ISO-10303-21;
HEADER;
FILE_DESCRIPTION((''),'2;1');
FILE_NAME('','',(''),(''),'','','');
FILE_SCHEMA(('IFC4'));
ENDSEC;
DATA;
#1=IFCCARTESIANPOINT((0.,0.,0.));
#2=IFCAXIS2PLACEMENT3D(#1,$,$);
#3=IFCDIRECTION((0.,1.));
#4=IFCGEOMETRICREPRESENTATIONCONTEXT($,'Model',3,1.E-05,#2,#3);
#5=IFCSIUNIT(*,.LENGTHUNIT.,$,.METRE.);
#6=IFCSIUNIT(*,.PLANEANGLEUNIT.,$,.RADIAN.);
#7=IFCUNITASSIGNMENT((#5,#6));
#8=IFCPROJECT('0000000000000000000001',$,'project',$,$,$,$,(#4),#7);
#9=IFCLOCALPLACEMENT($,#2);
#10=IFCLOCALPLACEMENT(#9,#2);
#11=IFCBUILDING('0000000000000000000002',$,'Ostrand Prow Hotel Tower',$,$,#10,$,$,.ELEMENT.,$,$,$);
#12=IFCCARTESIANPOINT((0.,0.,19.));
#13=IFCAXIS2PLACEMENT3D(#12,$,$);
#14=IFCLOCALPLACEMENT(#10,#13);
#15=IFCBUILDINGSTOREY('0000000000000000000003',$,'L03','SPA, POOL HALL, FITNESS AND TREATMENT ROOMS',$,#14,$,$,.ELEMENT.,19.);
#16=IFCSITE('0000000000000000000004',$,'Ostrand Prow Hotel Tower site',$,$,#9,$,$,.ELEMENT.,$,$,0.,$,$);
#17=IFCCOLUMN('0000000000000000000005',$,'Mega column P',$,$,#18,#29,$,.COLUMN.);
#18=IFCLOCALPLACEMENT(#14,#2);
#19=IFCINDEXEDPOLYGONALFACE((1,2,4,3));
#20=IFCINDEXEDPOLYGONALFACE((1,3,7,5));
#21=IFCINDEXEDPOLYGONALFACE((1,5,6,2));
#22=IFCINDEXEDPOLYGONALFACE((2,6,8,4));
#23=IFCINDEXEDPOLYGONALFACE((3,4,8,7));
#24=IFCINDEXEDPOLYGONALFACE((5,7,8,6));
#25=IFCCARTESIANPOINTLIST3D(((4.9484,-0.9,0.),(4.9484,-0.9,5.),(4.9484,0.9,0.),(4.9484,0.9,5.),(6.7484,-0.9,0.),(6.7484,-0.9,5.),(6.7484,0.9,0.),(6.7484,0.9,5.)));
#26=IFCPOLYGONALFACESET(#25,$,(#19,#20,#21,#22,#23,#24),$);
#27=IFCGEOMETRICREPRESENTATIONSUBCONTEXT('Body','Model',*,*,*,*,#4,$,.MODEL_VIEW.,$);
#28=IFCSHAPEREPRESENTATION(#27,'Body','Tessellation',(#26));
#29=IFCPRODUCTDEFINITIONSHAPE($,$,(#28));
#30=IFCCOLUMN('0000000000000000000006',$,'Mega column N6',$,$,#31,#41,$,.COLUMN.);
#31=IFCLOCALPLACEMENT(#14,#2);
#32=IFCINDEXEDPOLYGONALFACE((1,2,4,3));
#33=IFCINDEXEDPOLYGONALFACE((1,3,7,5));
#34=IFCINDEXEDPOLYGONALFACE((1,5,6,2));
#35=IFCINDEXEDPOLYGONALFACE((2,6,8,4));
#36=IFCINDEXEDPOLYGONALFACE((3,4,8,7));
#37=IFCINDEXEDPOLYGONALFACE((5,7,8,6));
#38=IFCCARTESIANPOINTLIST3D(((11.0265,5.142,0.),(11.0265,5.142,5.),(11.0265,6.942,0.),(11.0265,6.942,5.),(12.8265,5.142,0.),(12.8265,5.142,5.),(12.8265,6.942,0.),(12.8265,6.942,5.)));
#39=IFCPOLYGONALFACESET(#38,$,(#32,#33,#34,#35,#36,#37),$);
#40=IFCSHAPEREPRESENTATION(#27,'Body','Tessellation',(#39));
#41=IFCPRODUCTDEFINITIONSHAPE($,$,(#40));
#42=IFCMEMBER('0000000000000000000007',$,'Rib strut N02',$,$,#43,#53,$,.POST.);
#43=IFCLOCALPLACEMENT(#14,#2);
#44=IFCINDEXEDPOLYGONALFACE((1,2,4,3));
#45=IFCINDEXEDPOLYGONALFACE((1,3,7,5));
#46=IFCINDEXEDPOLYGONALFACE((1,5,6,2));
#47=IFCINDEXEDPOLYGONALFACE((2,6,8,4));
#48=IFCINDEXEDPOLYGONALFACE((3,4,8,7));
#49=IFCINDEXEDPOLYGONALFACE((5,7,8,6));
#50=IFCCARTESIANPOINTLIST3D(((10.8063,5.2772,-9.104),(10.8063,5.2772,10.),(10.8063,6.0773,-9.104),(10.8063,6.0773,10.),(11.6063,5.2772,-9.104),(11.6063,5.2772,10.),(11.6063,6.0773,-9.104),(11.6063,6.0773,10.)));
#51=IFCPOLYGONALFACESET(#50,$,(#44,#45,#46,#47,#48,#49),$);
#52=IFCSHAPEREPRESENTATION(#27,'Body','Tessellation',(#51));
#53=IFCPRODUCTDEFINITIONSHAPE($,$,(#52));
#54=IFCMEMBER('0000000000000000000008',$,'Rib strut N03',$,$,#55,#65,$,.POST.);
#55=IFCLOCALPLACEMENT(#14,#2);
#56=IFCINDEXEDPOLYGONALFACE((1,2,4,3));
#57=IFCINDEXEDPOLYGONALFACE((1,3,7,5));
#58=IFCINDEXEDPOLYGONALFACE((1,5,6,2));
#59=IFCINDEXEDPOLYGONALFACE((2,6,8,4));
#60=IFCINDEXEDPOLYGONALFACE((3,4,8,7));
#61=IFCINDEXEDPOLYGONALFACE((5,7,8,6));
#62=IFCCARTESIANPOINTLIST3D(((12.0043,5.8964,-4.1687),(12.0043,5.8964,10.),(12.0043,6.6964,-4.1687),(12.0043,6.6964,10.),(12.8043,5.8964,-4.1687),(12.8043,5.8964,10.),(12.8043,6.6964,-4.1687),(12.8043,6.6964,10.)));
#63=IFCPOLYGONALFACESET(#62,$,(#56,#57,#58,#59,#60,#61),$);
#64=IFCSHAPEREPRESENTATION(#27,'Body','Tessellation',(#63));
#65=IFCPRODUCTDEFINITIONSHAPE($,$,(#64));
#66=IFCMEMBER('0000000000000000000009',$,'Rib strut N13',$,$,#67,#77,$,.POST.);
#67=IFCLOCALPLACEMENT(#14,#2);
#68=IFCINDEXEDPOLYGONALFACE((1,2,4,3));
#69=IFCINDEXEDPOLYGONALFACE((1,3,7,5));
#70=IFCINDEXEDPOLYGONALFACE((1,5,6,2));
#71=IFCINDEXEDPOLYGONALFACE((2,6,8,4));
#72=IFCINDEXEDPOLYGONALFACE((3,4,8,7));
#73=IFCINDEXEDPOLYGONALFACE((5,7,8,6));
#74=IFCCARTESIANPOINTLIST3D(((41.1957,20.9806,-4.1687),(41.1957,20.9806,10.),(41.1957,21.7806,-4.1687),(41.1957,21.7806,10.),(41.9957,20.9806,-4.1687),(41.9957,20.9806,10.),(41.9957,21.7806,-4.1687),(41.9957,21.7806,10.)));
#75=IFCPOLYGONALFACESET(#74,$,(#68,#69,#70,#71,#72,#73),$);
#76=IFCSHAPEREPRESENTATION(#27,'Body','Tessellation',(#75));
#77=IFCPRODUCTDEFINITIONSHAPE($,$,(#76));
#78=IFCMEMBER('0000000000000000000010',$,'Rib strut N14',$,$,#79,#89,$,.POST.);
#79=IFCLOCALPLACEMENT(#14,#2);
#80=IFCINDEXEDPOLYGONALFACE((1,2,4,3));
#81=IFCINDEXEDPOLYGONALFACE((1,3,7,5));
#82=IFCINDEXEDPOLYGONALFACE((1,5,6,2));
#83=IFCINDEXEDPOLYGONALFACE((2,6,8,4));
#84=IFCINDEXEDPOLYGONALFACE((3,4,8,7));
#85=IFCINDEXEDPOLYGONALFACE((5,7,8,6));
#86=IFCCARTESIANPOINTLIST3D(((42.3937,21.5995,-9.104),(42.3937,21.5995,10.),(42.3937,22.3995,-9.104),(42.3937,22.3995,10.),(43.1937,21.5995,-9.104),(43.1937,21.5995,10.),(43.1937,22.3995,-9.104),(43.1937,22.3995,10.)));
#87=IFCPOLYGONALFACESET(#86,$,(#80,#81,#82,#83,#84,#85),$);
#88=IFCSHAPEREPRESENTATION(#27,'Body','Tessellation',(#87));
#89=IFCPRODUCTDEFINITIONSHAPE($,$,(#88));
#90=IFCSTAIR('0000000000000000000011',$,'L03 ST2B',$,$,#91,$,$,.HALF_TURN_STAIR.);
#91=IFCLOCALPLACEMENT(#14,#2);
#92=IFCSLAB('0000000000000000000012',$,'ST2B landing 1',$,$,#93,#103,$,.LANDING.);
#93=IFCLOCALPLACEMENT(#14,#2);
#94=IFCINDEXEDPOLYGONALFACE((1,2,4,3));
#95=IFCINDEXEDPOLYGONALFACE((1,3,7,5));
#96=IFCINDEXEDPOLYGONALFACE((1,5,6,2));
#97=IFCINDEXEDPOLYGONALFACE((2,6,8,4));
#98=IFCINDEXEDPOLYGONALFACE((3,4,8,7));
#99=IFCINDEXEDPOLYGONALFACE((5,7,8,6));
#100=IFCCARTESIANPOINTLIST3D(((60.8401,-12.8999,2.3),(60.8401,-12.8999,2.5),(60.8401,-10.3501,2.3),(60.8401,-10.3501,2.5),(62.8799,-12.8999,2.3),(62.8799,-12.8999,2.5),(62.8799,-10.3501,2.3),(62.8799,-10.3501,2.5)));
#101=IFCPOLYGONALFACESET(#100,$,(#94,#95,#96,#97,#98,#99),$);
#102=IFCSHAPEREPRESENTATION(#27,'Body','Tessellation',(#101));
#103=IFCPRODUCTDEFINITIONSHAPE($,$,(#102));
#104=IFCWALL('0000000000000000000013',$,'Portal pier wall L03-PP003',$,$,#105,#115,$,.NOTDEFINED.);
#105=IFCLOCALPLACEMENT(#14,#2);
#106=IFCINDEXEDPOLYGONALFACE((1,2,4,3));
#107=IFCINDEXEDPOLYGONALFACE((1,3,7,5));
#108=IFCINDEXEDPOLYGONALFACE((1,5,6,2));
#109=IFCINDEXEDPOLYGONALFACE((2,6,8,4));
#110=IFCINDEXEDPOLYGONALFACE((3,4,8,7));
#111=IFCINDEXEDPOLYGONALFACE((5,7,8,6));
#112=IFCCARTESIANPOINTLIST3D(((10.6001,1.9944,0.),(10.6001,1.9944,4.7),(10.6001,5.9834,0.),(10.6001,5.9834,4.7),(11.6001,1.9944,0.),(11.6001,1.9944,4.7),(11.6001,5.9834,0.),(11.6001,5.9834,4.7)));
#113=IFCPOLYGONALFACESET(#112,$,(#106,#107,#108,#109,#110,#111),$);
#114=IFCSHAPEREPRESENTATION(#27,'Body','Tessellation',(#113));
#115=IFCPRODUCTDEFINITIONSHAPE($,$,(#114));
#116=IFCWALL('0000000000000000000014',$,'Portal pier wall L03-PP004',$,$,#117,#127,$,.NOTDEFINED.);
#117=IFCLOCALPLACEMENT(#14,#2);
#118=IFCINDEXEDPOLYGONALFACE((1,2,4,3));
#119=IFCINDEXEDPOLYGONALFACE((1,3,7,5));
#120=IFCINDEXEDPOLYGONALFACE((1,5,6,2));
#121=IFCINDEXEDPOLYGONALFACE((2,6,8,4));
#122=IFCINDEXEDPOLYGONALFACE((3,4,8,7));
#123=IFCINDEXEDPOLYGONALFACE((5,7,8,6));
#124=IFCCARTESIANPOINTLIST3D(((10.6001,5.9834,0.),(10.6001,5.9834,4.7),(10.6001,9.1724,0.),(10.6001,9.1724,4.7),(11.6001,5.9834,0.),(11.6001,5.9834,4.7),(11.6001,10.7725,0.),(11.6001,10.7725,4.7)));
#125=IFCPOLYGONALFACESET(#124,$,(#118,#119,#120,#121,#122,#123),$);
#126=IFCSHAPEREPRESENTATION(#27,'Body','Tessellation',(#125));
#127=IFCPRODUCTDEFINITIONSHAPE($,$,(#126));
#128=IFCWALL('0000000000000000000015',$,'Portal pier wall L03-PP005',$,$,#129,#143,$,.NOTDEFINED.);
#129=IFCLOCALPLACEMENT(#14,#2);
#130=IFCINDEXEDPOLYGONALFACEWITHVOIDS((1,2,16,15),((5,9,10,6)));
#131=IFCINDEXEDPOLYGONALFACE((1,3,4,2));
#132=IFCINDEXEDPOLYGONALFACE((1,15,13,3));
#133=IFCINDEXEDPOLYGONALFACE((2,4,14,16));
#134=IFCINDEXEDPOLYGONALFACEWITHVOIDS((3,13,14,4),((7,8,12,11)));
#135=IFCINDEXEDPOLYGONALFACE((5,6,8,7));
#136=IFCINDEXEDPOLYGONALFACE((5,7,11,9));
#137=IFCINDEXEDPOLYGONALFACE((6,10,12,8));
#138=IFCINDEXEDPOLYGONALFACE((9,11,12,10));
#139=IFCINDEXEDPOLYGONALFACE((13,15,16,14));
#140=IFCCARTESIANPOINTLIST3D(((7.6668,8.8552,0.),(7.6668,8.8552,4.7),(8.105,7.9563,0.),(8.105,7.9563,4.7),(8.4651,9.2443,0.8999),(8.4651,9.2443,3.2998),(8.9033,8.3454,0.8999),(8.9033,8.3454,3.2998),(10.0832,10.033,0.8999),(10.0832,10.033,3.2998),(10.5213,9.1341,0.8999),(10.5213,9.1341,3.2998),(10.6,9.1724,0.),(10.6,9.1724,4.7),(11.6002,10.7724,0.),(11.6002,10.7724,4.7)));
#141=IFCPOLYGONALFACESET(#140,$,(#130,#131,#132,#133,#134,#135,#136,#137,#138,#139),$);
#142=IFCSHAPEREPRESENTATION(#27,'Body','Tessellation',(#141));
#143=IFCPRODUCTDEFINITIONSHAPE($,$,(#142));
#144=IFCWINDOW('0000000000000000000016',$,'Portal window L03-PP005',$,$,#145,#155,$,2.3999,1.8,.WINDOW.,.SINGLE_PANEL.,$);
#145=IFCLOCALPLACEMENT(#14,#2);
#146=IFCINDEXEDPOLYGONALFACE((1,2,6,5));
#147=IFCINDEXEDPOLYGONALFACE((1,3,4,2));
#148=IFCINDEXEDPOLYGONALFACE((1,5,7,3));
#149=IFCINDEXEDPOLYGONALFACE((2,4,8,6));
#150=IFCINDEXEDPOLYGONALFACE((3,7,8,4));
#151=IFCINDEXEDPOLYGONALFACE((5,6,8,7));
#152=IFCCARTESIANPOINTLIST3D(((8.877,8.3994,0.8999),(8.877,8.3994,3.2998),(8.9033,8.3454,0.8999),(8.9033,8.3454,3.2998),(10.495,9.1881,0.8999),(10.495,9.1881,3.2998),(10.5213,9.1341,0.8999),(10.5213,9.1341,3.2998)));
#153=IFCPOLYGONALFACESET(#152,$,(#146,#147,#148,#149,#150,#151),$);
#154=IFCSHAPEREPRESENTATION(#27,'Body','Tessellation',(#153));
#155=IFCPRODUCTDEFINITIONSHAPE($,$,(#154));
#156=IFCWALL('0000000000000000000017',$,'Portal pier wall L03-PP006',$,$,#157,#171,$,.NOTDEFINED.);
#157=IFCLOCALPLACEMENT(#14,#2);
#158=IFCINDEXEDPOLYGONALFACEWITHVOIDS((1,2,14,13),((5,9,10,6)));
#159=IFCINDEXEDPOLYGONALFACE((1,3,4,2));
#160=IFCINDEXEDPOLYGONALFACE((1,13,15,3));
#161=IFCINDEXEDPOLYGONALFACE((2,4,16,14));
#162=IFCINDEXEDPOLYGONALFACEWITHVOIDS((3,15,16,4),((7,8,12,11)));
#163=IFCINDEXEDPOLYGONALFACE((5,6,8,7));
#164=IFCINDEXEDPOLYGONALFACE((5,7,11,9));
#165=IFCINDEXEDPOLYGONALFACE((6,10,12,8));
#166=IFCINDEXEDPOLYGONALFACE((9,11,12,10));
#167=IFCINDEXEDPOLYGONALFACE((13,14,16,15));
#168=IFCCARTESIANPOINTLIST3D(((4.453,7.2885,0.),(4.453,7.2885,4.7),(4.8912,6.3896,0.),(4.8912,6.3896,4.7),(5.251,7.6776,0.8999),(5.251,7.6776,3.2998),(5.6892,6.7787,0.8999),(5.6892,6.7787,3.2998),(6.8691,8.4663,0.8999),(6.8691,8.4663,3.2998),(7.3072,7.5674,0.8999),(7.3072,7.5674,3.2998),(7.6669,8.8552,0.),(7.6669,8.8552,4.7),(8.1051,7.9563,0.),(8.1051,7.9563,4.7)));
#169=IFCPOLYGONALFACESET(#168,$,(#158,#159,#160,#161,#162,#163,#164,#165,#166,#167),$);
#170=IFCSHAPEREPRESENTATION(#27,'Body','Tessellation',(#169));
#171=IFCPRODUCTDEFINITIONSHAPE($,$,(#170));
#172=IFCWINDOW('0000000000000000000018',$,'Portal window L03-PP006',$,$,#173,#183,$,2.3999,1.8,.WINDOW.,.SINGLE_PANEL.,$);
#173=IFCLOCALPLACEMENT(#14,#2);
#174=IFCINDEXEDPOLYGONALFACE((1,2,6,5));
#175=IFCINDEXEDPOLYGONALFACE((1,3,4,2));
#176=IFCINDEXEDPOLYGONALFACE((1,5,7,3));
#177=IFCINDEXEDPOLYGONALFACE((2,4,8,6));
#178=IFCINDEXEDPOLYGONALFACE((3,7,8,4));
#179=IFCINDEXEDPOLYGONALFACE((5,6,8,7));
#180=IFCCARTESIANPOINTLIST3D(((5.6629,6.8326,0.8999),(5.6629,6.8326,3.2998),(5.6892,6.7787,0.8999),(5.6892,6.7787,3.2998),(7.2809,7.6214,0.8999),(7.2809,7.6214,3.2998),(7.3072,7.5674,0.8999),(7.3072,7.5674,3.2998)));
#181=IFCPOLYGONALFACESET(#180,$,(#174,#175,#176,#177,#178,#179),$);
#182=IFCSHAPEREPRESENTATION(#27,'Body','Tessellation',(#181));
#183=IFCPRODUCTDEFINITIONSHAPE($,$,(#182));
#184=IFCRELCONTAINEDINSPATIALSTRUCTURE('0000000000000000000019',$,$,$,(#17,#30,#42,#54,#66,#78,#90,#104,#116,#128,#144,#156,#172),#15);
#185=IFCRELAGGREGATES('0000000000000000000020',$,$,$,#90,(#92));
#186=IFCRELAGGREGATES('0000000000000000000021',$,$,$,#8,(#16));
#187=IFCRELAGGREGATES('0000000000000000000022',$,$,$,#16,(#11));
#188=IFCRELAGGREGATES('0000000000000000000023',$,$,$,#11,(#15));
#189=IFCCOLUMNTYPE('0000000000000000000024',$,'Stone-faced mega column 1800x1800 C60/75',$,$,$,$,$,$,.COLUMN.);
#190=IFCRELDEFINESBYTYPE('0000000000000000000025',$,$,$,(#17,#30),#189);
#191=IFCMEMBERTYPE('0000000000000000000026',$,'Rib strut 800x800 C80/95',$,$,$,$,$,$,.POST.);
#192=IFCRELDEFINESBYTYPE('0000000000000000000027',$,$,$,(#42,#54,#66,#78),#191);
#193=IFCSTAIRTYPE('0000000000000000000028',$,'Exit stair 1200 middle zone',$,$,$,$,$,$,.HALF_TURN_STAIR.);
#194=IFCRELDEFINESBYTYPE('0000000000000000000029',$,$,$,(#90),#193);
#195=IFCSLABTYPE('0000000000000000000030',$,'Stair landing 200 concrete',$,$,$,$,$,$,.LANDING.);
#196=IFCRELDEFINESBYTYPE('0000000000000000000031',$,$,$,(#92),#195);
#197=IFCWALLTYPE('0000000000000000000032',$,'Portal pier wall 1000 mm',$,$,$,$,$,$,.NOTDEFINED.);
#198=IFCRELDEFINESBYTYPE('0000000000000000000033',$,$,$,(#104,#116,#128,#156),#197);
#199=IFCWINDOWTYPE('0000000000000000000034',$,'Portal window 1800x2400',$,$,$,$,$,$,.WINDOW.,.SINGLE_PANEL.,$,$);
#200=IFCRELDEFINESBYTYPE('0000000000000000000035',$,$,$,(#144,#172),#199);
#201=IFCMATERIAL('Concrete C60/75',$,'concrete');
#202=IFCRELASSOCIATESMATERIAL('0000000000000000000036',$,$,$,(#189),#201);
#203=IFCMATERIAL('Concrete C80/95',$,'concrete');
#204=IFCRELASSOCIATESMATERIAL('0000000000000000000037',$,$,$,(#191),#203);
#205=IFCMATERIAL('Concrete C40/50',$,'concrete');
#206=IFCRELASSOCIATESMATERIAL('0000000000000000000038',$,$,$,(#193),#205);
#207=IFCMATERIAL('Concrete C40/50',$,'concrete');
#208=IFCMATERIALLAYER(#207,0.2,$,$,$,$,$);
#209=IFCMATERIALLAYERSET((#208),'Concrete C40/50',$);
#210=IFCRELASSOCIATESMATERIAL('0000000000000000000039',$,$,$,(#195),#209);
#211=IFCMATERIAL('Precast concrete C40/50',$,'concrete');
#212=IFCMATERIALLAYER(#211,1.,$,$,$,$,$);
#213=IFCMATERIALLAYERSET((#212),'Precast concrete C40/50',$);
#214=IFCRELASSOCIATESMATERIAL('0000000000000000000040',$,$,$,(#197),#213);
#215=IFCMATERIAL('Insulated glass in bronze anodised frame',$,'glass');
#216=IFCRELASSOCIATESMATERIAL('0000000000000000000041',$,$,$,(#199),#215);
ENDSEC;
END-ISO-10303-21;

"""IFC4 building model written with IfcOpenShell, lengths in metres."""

from ifc_helpers import new_model, si_unit, direction, frame, frame_2d, origin, origin_2d, place, context, subcontext, project, spatial, polyline, rectangle, outline, extrude, material, layer, layer_set, material_profile, profile_set, type_object, element, fill, aggregate, save


model = new_model("IFC4")

# Units and contexts
model_context = context("Model", 3, precision=1e-05, world=origin(), true_north=direction((0.0, 1.0)))
body_context = subcontext(model_context, "Body", "Model", "MODEL_VIEW")
ifc_project = project(units=[si_unit("LENGTHUNIT", "METRE"), si_unit("PLANEANGLEUNIT", "RADIAN")], contexts=[model_context])

# Site, building, storey
site_placement = place(None, origin())
site = spatial("IfcSite", under=ifc_project, at=site_placement, Name="Ostrand Prow Hotel Tower site", CompositionType="ELEMENT", RefElevation=0.0)
building_placement = place(site_placement, origin())
building = spatial("IfcBuilding", under=site, at=building_placement, Name="Ostrand Prow Hotel Tower", CompositionType="ELEMENT")
storey_placement = place(building_placement, frame((0.0, 0.0, 19.0)))
storey = spatial("IfcBuildingStorey", under=building, at=storey_placement, Name="L03", Description="SPA, POOL HALL, FITNESS AND TREATMENT ROOMS", CompositionType="ELEMENT", Elevation=19.0)

# Columns
ifc_material_1 = material(Name="Concrete C60/75", Category="concrete")
ifc_material_profile_1 = material_profile(ifc_material_1, rectangle(XDim=1.8, YDim=1.8, at=origin_2d()), Name="RC 1800x1800")
ifc_profile_set_1 = profile_set([ifc_material_profile_1], Name="Concrete C60/75")
column_type = type_object("IfcColumnType", Name="Stone-faced mega column 1800x1800 C60/75", PredefinedType="COLUMN", material=ifc_profile_set_1)
for number, where, z_axis, x_axis, name in (
    (1, (5.8484, 0.0, 0.0), (0.0, 0.0, 1.0), (1.0, 0.0, 0.0), "Mega column P"),
    (2, (11.9265, 6.042, 0.0), (0.0, 0.0, 1.0), (1.0, 0.0, 0.0), "Mega column N6"),
):
    element("IfcColumn", number, at=place(storey_placement, frame(where, z_axis=z_axis, x_axis=x_axis)), inside=storey, type_object=column_type, Name=name, PredefinedType="COLUMN", context=body_context, shape_type="SweptSolid", body=[
        extrude(rectangle(XDim=1.8, YDim=1.8, at=origin_2d()), origin(), (0.0, 0.0, 1.0), 5.0),
    ])

# Members
ifc_material_2 = material(Name="Concrete C80/95", Category="concrete")
ifc_material_profile_2 = material_profile(ifc_material_2, rectangle(XDim=0.8, YDim=0.8, at=origin_2d()), Name="RC 800x800")
ifc_profile_set_2 = profile_set([ifc_material_profile_2], Name="Concrete C80/95")
member_type = type_object("IfcMemberType", Name="Rib strut 800x800 C80/95", PredefinedType="POST", material=ifc_profile_set_2)
member_1_placement = place(storey_placement, frame((11.2063, 5.6772, -9.104), z_axis=(0.0, 0.0, 1.0), x_axis=(1.0, 0.0, 0.0)))
element("IfcMember", 3, at=member_1_placement, inside=storey, type_object=member_type, Name="Rib strut N02", PredefinedType="POST", context=body_context, shape_type="SweptSolid", body=[
    extrude(rectangle(XDim=0.8, YDim=0.8, at=origin_2d()), origin(), (0.0, 0.0, 1.0), 19.104),
])
for number, where, z_axis, x_axis, name in (
    (4, (12.4043, 6.2964, -4.1687), (0.0, 0.0, 1.0), (1.0, 0.0, 0.0), "Rib strut N03"),
    (5, (41.5957, 21.3806, -4.1687), (0.0, 0.0, 1.0), (1.0, 0.0, 0.0), "Rib strut N13"),
):
    element("IfcMember", number, at=place(storey_placement, frame(where, z_axis=z_axis, x_axis=x_axis)), inside=storey, type_object=member_type, Name=name, PredefinedType="POST", context=body_context, shape_type="SweptSolid", body=[
        extrude(rectangle(XDim=0.8, YDim=0.8, at=origin_2d()), origin(), (0.0, 0.0, 1.0), 14.1687),
    ])
member_2_placement = place(storey_placement, frame((42.7937, 21.9995, -9.104), z_axis=(0.0, 0.0, 1.0), x_axis=(1.0, 0.0, 0.0)))
element("IfcMember", 6, at=member_2_placement, inside=storey, type_object=member_type, Name="Rib strut N14", PredefinedType="POST", context=body_context, shape_type="SweptSolid", body=[
    extrude(rectangle(XDim=0.8, YDim=0.8, at=origin_2d()), origin(), (0.0, 0.0, 1.0), 19.104),
])

# Stair, slab
ifc_material_3 = material(Name="Concrete C40/50", Category="concrete")
stair_type = type_object("IfcStairType", Name="Exit stair 1200 middle zone", PredefinedType="HALF_TURN_STAIR", material=ifc_material_3)
stair_placement = place(storey_placement, origin())
stair = element("IfcStair", 7, at=stair_placement, inside=storey, type_object=stair_type, Name="L03 ST2B", PredefinedType="HALF_TURN_STAIR")
ifc_material_4 = material(Name="Concrete C40/50", Category="concrete")
ifc_layer_1 = layer(ifc_material_4, 0.2)
ifc_layer_set_1 = layer_set([ifc_layer_1], Name="Concrete C40/50")
slab_type = type_object("IfcSlabType", Name="Stair landing 200 concrete", PredefinedType="LANDING", material=ifc_layer_set_1)
slab_placement = place(storey_placement, frame((0.0, 0.0, 2.3)))
slab = element("IfcSlab", 8, at=slab_placement, type_object=slab_type, Name="ST2B landing 1", PredefinedType="LANDING", context=body_context, shape_type="SweptSolid", body=[
    extrude(outline(polyline([(60.8401, -12.8999), (62.8799, -12.8999), (62.8799, -10.3501), (60.8401, -10.3501), (60.8401, -12.8999)])), origin(), (0.0, 0.0, 1.0), 0.2),
])
aggregate(stair, [slab])

# Walls
ifc_material_5 = material(Name="Precast concrete C40/50", Category="concrete")
ifc_layer_2 = layer(ifc_material_5, 1.0)
ifc_layer_set_2 = layer_set([ifc_layer_2], Name="Precast concrete C40/50")
wall_type = type_object("IfcWallType", Name="Portal pier wall 1000 mm", PredefinedType="NOTDEFINED", material=ifc_layer_set_2)
wall_1_placement = place(storey_placement, frame((11.1001, 1.9944, 0.0), z_axis=(0.0, 0.0, 1.0), x_axis=(0.0, 1.0, 0.0)))
element("IfcWall", 9, at=wall_1_placement, inside=storey, type_object=wall_type, Name="Portal pier wall L03-PP003", PredefinedType="NOTDEFINED", context=body_context, shape_type="SweptSolid", body=[
    extrude(outline(polyline([(0.0, -0.5), (3.989, -0.5), (3.989, 0.5), (0.0, 0.5), (0.0, -0.5)])), origin(), (0.0, 0.0, 1.0), 4.7),
])
wall_2_placement = place(storey_placement, frame((11.1001, 5.9834, 0.0), z_axis=(0.0, 0.0, 1.0), x_axis=(0.0, 1.0, 0.0)))
element("IfcWall", 10, at=wall_2_placement, inside=storey, type_object=wall_type, Name="Portal pier wall L03-PP004", PredefinedType="NOTDEFINED", context=body_context, shape_type="SweptSolid", body=[
    extrude(outline(polyline([(0.0, -0.5), (4.7891, -0.5), (3.189, 0.5), (0.0, 0.5), (0.0, -0.5)])), origin(), (0.0, 0.0, 1.0), 4.7),
])

# Walls, openings, windows
wall_3_placement = place(storey_placement, frame((11.1001, 9.9724, 0.0), z_axis=(0.0, 0.0, 1.0), x_axis=(-0.898902, -0.438151, 0.0)))
wall_3 = element("IfcWall", 11, at=wall_3_placement, inside=storey, type_object=wall_type, Name="Portal pier wall L03-PP005", PredefinedType="NOTDEFINED", context=body_context, shape_type="SweptSolid", body=[
    extrude(outline(polyline([(-0.8, -0.5), (3.5757, -0.5), (3.5757, 0.5), (0.8, 0.5), (-0.8, -0.5)])), origin(), (0.0, 0.0, 1.0), 4.7),
])
opening_1_placement = place(wall_3_placement, frame((0.8877, 0.0, 0.8999)))
opening_1 = element("IfcOpeningElement", 12, at=opening_1_placement, cuts=wall_3, PredefinedType="OPENING", context=body_context, shape_type="SweptSolid", body=[
    extrude(rectangle(XDim=1.8, YDim=2.3999, at=frame_2d((0.8999, 1.2))), frame((0.0, 0.51, 0.0), z_axis=(0.0, -1.0, 0.0), x_axis=(1.0, 0.0, 0.0)), (0.0, 0.0, 1.0), 1.02),
])
ifc_material_6 = material(Name="Insulated glass in bronze anodised frame", Category="glass")
window_type = type_object("IfcWindowType", Name="Portal window 1800x2400", PartitioningType="SINGLE_PANEL", PredefinedType="WINDOW", material=ifc_material_6)
window_1_placement = place(opening_1_placement, origin())
window_1 = element("IfcWindow", 13, at=window_1_placement, inside=storey, type_object=window_type, Name="Portal window L03-PP005", OverallHeight=2.3999, OverallWidth=1.8, PartitioningType="SINGLE_PANEL", PredefinedType="WINDOW", context=body_context, shape_type="SweptSolid", body=[
    extrude(rectangle(XDim=1.8, YDim=2.3999, at=frame_2d((0.8999, 1.2))), frame((0.0, 0.5, 0.0), z_axis=(0.0, -1.0, 0.0), x_axis=(1.0, 0.0, 0.0)), (0.0, 0.0, 1.0), 0.0601),
])
fill(opening_1, window_1)
wall_4_placement = place(storey_placement, frame((7.886, 8.4058, 0.0), z_axis=(0.0, 0.0, 1.0), x_axis=(-0.898889, -0.438177, 0.0)))
wall_4 = element("IfcWall", 14, at=wall_4_placement, inside=storey, type_object=wall_type, Name="Portal pier wall L03-PP006", PredefinedType="NOTDEFINED", context=body_context, shape_type="SweptSolid", body=[
    extrude(outline(polyline([(0.0, -0.5), (3.5754, -0.5), (3.5754, 0.5), (0.0, 0.5), (0.0, -0.5)])), origin(), (0.0, 0.0, 1.0), 4.7),
])
opening_2_placement = place(wall_4_placement, frame((0.8877, 0.0, 0.8999)))
opening_2 = element("IfcOpeningElement", 15, at=opening_2_placement, cuts=wall_4, PredefinedType="OPENING", context=body_context, shape_type="SweptSolid", body=[
    extrude(rectangle(XDim=1.8, YDim=2.3999, at=frame_2d((0.8999, 1.2))), frame((0.0, 0.51, 0.0), z_axis=(0.0, -1.0, 0.0), x_axis=(1.0, 0.0, 0.0)), (0.0, 0.0, 1.0), 1.02),
])
window_2_placement = place(opening_2_placement, origin())
window_2 = element("IfcWindow", 16, at=window_2_placement, inside=storey, type_object=window_type, Name="Portal window L03-PP006", OverallHeight=2.3999, OverallWidth=1.8, PartitioningType="SINGLE_PANEL", PredefinedType="WINDOW", context=body_context, shape_type="SweptSolid", body=[
    extrude(rectangle(XDim=1.8, YDim=2.3999, at=frame_2d((0.8999, 1.2))), frame((0.0, 0.5, 0.0), z_axis=(0.0, -1.0, 0.0), x_axis=(1.0, 0.0, 0.0)), (0.0, 0.0, 1.0), 0.0601),
])
fill(opening_2, window_2)

save(model, "model.ifc")
